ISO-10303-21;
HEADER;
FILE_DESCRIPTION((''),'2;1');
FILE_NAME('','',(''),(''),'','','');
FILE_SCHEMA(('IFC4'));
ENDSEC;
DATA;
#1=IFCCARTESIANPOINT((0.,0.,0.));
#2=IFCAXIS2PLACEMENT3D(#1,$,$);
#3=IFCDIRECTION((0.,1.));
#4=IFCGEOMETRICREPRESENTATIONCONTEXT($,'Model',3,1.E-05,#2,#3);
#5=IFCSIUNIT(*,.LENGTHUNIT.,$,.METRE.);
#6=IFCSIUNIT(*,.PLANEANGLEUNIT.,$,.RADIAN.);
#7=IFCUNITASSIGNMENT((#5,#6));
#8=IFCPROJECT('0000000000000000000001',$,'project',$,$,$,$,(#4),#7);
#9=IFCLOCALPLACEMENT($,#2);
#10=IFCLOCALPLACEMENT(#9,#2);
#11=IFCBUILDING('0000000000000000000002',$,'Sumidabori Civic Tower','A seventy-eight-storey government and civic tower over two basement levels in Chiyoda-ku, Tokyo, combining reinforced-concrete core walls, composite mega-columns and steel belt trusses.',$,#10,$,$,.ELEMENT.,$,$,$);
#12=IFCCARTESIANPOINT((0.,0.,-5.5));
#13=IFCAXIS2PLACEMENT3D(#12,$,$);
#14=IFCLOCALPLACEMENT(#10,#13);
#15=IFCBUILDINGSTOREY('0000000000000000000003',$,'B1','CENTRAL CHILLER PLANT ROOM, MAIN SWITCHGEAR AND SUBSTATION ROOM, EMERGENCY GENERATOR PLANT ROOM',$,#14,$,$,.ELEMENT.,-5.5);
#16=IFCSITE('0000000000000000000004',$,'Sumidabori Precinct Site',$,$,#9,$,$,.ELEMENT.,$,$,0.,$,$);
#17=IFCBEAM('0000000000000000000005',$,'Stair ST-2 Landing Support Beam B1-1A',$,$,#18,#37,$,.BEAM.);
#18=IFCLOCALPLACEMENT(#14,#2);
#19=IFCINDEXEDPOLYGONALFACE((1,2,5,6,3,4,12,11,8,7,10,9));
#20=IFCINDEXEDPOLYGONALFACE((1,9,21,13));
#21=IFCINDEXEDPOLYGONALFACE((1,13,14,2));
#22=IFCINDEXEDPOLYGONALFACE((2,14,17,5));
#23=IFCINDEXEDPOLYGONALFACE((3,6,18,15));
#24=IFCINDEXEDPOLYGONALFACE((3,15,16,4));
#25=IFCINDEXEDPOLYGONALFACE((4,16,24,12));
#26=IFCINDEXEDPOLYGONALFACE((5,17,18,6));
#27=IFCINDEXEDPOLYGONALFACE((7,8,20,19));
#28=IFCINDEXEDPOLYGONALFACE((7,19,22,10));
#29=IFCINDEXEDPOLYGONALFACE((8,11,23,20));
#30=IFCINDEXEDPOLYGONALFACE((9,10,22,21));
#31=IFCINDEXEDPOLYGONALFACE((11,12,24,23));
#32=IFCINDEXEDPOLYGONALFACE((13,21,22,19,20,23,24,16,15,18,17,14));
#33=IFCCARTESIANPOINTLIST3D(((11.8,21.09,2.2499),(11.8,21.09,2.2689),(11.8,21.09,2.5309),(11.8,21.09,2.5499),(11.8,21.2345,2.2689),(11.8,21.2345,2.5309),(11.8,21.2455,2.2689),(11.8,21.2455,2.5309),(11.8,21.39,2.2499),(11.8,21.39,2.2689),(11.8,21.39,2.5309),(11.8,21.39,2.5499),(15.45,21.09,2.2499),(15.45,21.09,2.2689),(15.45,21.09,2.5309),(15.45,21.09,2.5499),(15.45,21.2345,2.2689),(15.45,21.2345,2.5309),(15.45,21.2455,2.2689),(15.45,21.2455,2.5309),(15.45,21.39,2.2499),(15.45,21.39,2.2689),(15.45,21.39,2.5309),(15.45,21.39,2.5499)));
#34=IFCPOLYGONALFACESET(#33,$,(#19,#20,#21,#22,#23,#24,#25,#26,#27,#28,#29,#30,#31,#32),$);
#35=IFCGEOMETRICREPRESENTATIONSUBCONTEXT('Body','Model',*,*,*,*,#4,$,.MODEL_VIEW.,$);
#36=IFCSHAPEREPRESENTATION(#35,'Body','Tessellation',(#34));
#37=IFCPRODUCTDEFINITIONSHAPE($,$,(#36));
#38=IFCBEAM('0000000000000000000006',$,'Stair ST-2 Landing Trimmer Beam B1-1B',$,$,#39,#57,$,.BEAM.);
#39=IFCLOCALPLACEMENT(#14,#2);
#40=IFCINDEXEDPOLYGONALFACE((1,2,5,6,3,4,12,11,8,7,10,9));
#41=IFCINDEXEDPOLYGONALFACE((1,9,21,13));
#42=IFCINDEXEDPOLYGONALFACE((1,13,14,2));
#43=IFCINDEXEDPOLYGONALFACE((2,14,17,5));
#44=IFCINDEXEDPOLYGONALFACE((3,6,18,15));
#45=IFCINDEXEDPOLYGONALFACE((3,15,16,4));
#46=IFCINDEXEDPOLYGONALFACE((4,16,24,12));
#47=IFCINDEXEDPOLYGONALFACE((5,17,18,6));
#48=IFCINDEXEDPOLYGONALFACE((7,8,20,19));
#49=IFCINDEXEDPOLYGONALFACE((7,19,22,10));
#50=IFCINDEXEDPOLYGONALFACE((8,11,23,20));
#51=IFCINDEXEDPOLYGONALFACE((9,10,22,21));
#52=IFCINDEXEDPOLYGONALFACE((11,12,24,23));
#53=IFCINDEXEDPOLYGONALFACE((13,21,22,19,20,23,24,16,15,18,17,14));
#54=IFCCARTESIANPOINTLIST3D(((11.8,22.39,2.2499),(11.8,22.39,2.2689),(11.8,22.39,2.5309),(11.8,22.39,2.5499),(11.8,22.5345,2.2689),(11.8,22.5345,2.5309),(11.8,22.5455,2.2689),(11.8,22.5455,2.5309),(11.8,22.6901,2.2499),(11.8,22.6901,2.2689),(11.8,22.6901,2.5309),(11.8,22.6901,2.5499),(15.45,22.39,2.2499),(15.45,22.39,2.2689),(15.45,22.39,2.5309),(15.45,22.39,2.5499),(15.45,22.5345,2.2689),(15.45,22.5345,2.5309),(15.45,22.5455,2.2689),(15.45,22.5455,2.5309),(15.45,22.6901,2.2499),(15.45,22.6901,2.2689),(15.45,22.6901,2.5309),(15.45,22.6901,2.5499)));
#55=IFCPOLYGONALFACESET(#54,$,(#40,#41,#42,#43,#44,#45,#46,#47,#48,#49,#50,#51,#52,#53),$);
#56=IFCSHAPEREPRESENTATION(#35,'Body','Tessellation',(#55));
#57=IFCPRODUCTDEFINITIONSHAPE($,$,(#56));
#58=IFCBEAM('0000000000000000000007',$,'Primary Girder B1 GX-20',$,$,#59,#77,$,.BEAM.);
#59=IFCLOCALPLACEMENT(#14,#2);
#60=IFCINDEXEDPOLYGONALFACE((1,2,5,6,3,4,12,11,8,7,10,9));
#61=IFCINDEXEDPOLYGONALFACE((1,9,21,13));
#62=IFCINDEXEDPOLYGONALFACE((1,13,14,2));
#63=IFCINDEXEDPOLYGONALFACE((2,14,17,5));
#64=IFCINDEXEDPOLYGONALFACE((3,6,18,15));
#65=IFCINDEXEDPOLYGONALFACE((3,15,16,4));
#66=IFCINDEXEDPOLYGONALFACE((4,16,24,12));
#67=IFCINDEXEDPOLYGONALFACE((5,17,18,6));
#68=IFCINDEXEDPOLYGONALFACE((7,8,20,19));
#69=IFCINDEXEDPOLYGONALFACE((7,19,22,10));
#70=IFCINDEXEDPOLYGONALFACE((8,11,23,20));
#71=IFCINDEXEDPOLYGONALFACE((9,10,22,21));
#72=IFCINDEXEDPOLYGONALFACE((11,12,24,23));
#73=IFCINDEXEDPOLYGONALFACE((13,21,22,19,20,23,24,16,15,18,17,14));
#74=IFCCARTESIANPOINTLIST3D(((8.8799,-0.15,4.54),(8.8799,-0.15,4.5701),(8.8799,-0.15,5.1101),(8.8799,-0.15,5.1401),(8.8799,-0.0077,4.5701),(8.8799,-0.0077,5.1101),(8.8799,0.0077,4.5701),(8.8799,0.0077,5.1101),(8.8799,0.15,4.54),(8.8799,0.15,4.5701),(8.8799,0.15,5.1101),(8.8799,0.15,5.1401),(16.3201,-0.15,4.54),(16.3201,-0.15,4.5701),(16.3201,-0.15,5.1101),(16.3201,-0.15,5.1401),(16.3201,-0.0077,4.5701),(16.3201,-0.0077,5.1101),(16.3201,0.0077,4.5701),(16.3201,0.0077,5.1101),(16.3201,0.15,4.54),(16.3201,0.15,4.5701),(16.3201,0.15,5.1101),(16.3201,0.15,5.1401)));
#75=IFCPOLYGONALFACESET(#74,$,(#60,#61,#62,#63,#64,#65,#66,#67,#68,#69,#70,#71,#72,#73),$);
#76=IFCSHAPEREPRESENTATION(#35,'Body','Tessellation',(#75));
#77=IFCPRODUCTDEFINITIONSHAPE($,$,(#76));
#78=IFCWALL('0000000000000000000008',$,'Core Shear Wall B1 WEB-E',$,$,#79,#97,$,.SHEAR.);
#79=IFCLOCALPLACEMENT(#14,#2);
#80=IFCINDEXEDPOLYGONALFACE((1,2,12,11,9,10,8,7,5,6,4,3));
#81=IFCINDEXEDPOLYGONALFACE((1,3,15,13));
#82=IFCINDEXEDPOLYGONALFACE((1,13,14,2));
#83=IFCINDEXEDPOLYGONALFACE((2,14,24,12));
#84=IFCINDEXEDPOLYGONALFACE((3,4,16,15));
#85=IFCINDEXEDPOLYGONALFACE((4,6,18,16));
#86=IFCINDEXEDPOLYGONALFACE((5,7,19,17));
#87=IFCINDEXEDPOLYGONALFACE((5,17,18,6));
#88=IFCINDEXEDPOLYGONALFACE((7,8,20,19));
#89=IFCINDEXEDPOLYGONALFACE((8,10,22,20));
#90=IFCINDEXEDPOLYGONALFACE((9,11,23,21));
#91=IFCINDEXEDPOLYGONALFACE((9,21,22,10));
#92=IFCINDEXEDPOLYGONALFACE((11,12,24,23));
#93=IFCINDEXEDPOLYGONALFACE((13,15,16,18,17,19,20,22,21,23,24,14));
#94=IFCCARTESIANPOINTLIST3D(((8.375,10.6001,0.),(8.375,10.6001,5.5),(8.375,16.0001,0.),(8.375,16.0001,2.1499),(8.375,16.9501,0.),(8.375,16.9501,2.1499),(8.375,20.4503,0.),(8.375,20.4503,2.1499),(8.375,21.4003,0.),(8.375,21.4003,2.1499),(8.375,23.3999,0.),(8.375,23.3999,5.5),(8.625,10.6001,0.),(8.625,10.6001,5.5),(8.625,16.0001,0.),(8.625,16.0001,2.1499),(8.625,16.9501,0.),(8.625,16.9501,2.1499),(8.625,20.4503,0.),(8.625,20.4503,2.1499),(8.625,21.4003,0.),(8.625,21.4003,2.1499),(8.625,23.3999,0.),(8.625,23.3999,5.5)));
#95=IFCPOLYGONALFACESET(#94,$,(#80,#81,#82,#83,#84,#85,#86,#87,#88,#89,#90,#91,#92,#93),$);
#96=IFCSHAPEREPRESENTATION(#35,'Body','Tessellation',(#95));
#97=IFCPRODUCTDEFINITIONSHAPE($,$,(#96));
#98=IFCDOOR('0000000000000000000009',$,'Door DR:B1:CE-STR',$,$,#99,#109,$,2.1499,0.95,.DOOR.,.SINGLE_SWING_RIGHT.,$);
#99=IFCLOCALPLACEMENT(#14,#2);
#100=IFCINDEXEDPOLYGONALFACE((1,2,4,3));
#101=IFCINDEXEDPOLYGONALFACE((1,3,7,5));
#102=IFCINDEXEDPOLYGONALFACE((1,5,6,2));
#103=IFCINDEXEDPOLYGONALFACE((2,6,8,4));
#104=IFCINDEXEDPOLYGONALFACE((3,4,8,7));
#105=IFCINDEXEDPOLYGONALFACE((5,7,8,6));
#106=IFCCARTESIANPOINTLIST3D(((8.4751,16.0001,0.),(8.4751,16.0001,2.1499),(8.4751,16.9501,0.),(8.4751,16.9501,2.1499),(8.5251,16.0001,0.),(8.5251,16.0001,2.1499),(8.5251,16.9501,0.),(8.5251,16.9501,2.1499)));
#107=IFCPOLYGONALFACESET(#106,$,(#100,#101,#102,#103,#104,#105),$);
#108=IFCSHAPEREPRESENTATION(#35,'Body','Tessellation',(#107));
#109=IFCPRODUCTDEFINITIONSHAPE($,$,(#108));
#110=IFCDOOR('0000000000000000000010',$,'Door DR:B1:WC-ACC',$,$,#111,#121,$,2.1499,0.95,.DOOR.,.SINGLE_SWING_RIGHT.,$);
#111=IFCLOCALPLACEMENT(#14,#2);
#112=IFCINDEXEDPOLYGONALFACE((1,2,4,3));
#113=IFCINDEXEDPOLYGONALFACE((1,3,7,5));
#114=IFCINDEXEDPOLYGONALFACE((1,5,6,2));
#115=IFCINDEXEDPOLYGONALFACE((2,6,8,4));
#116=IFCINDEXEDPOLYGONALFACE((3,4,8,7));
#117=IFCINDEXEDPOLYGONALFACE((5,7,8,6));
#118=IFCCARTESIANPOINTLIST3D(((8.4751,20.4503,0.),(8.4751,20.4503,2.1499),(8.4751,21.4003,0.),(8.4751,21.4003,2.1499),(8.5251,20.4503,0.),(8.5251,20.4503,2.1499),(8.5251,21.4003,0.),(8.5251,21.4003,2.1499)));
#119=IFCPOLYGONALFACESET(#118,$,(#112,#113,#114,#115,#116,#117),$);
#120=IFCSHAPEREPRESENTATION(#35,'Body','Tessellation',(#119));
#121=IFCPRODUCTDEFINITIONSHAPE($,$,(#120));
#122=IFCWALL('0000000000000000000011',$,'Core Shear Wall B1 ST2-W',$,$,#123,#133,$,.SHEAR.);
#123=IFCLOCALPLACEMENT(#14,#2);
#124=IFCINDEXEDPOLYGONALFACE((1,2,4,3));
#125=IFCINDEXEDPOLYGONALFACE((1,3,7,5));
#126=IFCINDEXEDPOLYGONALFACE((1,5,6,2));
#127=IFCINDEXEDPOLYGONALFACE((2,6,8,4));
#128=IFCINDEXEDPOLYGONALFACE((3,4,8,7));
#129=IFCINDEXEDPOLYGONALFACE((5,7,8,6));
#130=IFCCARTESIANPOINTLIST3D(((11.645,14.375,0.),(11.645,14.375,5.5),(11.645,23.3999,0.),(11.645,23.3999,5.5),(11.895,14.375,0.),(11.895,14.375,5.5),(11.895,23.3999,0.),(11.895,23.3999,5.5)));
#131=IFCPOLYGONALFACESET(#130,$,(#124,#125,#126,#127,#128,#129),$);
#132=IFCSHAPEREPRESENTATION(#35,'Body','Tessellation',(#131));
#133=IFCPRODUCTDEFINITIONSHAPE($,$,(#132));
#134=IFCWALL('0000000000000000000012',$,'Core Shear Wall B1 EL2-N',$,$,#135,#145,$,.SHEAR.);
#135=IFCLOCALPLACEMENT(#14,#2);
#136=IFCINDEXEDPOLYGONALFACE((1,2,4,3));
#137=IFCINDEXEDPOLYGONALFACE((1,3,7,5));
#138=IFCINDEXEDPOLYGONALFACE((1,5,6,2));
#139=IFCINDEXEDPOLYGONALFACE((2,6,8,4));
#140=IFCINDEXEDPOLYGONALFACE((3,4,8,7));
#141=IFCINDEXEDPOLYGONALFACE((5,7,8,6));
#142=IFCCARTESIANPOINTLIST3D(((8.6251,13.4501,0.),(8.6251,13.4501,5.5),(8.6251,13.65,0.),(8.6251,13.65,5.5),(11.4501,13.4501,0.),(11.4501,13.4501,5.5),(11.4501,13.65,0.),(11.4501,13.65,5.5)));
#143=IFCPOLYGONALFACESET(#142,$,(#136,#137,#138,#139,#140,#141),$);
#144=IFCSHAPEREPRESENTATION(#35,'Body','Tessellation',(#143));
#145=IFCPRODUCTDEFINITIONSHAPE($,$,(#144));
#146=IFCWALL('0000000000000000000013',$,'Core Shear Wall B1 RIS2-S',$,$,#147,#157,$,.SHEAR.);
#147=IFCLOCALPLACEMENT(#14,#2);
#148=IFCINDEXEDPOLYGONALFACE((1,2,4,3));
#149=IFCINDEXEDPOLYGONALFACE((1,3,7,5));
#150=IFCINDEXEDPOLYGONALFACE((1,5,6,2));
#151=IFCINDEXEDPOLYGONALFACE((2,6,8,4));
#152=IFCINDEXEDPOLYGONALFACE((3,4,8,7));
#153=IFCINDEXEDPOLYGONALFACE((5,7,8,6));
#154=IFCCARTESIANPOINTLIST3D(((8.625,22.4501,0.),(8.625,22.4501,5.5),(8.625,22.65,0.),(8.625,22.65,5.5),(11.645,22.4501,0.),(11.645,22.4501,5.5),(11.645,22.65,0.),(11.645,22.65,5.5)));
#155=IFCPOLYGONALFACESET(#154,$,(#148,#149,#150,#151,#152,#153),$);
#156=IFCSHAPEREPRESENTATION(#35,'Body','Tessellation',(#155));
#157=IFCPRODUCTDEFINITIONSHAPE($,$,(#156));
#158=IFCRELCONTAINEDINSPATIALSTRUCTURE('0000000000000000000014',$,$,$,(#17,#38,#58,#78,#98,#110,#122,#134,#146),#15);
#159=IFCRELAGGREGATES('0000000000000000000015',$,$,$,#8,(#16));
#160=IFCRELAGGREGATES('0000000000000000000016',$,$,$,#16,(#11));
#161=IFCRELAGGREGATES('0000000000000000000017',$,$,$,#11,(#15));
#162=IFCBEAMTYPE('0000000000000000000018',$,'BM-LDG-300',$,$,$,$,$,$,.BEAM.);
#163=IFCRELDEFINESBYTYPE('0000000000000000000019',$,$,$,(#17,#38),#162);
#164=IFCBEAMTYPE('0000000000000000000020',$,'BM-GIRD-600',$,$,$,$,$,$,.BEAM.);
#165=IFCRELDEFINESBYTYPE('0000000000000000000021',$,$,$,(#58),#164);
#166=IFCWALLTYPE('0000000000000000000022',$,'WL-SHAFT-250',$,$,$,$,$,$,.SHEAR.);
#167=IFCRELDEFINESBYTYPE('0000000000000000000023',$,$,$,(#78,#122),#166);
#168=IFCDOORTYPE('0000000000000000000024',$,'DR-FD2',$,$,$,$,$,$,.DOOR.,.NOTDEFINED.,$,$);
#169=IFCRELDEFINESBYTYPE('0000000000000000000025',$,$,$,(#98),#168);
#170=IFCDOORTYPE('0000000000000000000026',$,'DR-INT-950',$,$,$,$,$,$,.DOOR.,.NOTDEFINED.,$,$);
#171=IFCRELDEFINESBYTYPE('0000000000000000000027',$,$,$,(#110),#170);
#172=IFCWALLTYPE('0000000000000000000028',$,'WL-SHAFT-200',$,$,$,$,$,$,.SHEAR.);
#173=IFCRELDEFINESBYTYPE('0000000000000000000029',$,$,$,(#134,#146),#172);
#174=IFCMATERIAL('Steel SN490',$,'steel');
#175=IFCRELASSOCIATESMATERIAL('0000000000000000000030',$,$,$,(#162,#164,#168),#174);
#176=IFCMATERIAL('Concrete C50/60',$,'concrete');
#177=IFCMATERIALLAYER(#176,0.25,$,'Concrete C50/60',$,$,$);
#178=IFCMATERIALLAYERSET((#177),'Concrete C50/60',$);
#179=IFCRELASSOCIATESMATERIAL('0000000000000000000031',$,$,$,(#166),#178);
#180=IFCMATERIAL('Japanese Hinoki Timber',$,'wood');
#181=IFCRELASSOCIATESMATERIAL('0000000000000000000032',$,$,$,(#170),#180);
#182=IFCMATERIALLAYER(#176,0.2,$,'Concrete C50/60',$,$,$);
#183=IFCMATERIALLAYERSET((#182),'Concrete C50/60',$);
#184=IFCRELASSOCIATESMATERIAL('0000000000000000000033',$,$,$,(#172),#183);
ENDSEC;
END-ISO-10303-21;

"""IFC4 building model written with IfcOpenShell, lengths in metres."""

from ifc_helpers import new_model, si_unit, direction, frame, frame_2d, origin, origin_2d, place, context, subcontext, project, spatial, rectangle, i_section, extrude, source, transform, mapped, material, layer, layer_set, material_profile, profile_set, type_object, element, fill, save


model = new_model("IFC4")

# Units and contexts
model_context = context("Model", 3, precision=1e-05, world=origin(), true_north=direction((0.0, 1.0)))
body_context = subcontext(model_context, "Body", "Model", "MODEL_VIEW")
ifc_project = project(units=[si_unit("LENGTHUNIT", "METRE"), si_unit("PLANEANGLEUNIT", "RADIAN")], contexts=[model_context])

# Site, building, storey
site_placement = place(None, origin())
site = spatial("IfcSite", under=ifc_project, at=site_placement, Name="Sumidabori Precinct Site", CompositionType="ELEMENT", RefElevation=0.0)
building_placement = place(site_placement, origin())
building = spatial("IfcBuilding", under=site, at=building_placement, Name="Sumidabori Civic Tower", Description="A seventy-eight-storey government and civic tower over two basement levels in Chiyoda-ku, Tokyo, combining reinforced-concrete core walls, composite mega-columns and steel belt trusses.", CompositionType="ELEMENT")
storey_placement = place(building_placement, frame((0.0, 0.0, -5.5)))
storey = spatial("IfcBuildingStorey", under=building, at=storey_placement, Name="B1", Description="CENTRAL CHILLER PLANT ROOM, MAIN SWITCHGEAR AND SUBSTATION ROOM, EMERGENCY GENERATOR PLANT ROOM", CompositionType="ELEMENT", Elevation=-5.5)

# Beams
ifc_material_1 = material(Name="Steel SN490", Category="steel")
ifc_material_profile_1 = material_profile(ifc_material_1, i_section(OverallWidth=0.3, OverallDepth=0.3, WebThickness=0.011, FlangeThickness=0.019, at=origin_2d()), Name="HE 300 B")
ifc_profile_set_1 = profile_set([ifc_material_profile_1], Name="Steel SN490")
beam_type_1 = type_object("IfcBeamType", Name="BM-LDG-300", PredefinedType="BEAM", material=ifc_profile_set_1)
shared_shape_1 = source(origin(), body_context, "Body", "SweptSolid", [
    extrude(i_section(OverallWidth=0.3, OverallDepth=0.3, WebThickness=0.011, FlangeThickness=0.019, at=origin_2d()), origin(), (0.0, 0.0, 1.0), 3.6499),
])
for number, where, z_axis, x_axis, name in (
    (1, (11.8, 21.24, 2.3999), (1.0, 0.0, 0.0), (0.0, 1.0, 0.0), "Stair ST-2 Landing Support Beam B1-1A"),
    (2, (11.8, 22.54, 2.3999), (1.0, 0.0, 0.0), (0.0, 1.0, 0.0), "Stair ST-2 Landing Trimmer Beam B1-1B"),
):
    element("IfcBeam", number, at=place(storey_placement, frame(where, z_axis=z_axis, x_axis=x_axis)), inside=storey, type_object=beam_type_1, Name=name, PredefinedType="BEAM", context=body_context, shape_type="MappedRepresentation", body=[
        mapped(shared_shape_1, transform((0.0, 0.0, 0.0), x_axis=(1.0, 0.0, 0.0), y_axis=(0.0, 1.0, 0.0), z_axis=(0.0, 0.0, 1.0), scale=1.0)),
    ])
ifc_material_profile_2 = material_profile(ifc_material_1, i_section(OverallWidth=0.3, OverallDepth=0.6001, WebThickness=0.0154, FlangeThickness=0.03, at=origin_2d()), Name="HE 600 B")
ifc_profile_set_2 = profile_set([ifc_material_profile_2], Name="Steel SN490")
beam_type_2 = type_object("IfcBeamType", Name="BM-GIRD-600", PredefinedType="BEAM", material=ifc_profile_set_2)
shared_shape_2 = source(origin(), body_context, "Body", "SweptSolid", [
    extrude(i_section(OverallWidth=0.3, OverallDepth=0.6001, WebThickness=0.0154, FlangeThickness=0.03, at=origin_2d()), origin(), (0.0, 0.0, 1.0), 7.4402),
])
beam_placement = place(storey_placement, frame((8.8799, 0.0, 4.8401), z_axis=(1.0, 0.0, 0.0), x_axis=(0.0, 1.0, 0.0)))
element("IfcBeam", 3, at=beam_placement, inside=storey, type_object=beam_type_2, Name="Primary Girder B1 GX-20", PredefinedType="BEAM", context=body_context, shape_type="MappedRepresentation", body=[
    mapped(shared_shape_2, transform((0.0, 0.0, 0.0), x_axis=(1.0, 0.0, 0.0), y_axis=(0.0, 1.0, 0.0), z_axis=(0.0, 0.0, 1.0), scale=1.0)),
])

# Wall, openings, doors
ifc_material_2 = material(Name="Concrete C50/60", Category="concrete")
ifc_layer_1 = layer(ifc_material_2, 0.25, Name="Concrete C50/60")
ifc_layer_set_1 = layer_set([ifc_layer_1], Name="Concrete C50/60")
wall_type_1 = type_object("IfcWallType", Name="WL-SHAFT-250", PredefinedType="SHEAR", material=ifc_layer_set_1)
shared_shape_3 = source(origin(), body_context, "Body", "SweptSolid", [
    extrude(rectangle(XDim=12.7998, YDim=0.25, at=frame_2d((6.3999, 0.0))), origin(), (0.0, 0.0, 1.0), 5.5),
])
wall_1_placement = place(storey_placement, frame((8.5, 10.6001, 0.0), z_axis=(0.0, 0.0, 1.0), x_axis=(0.0, 1.0, 0.0)))
wall_1 = element("IfcWall", 4, at=wall_1_placement, inside=storey, type_object=wall_type_1, Name="Core Shear Wall B1 WEB-E", PredefinedType="SHEAR", context=body_context, shape_type="MappedRepresentation", body=[
    mapped(shared_shape_3, transform((0.0, 0.0, 0.0), x_axis=(1.0, 0.0, 0.0), y_axis=(0.0, 1.0, 0.0), z_axis=(0.0, 0.0, 1.0), scale=1.0)),
])
opening_1_placement = place(wall_1_placement, frame((5.3999, 0.0, 0.0)))
opening_1 = element("IfcOpeningElement", 5, at=opening_1_placement, cuts=wall_1, PredefinedType="OPENING", context=body_context, shape_type="SweptSolid", body=[
    extrude(rectangle(XDim=0.95, YDim=2.1499, at=frame_2d((0.4751, 1.075))), frame((0.0, 0.137, 0.0), z_axis=(0.0, -1.0, 0.0), x_axis=(1.0, 0.0, 0.0)), (0.0, 0.0, 1.0), 0.2739),
])
opening_2_placement = place(wall_1_placement, frame((9.8501, 0.0, 0.0)))
opening_2 = element("IfcOpeningElement", 6, at=opening_2_placement, cuts=wall_1, PredefinedType="OPENING", context=body_context, shape_type="SweptSolid", body=[
    extrude(rectangle(XDim=0.95, YDim=2.1499, at=frame_2d((0.4751, 1.075))), frame((0.0, 0.137, 0.0), z_axis=(0.0, -1.0, 0.0), x_axis=(1.0, 0.0, 0.0)), (0.0, 0.0, 1.0), 0.2739),
])
door_type_1 = type_object("IfcDoorType", Name="DR-FD2", OperationType="NOTDEFINED", PredefinedType="DOOR", material=ifc_material_1)
shared_shape_4 = source(origin(), body_context, "Body", "SweptSolid", [
    extrude(rectangle(XDim=0.95, YDim=2.1499, at=frame_2d((0.4751, 1.075))), frame((0.0, 0.0249, 0.0), z_axis=(0.0, -1.0, 0.0), x_axis=(1.0, 0.0, 0.0)), (0.0, 0.0, 1.0), 0.05),
])
door_1_placement = place(opening_1_placement, origin())
door_1 = element("IfcDoor", 7, at=door_1_placement, inside=storey, type_object=door_type_1, Name="Door DR:B1:CE-STR", OperationType="SINGLE_SWING_RIGHT", OverallHeight=2.1499, OverallWidth=0.95, PredefinedType="DOOR", context=body_context, shape_type="MappedRepresentation", body=[
    mapped(shared_shape_4, transform((0.0, 0.0, 0.0), x_axis=(1.0, 0.0, 0.0), y_axis=(0.0, 1.0, 0.0), z_axis=(0.0, 0.0, 1.0), scale=1.0)),
])
fill(opening_1, door_1)
ifc_material_3 = material(Name="Japanese Hinoki Timber", Category="wood")
door_type_2 = type_object("IfcDoorType", Name="DR-INT-950", OperationType="NOTDEFINED", PredefinedType="DOOR", material=ifc_material_3)
shared_shape_5 = source(origin(), body_context, "Body", "SweptSolid", [
    extrude(rectangle(XDim=0.95, YDim=2.1499, at=frame_2d((0.4751, 1.075))), frame((0.0, 0.0249, 0.0), z_axis=(0.0, -1.0, 0.0), x_axis=(1.0, 0.0, 0.0)), (0.0, 0.0, 1.0), 0.05),
])
door_2_placement = place(opening_2_placement, origin())
door_2 = element("IfcDoor", 8, at=door_2_placement, inside=storey, type_object=door_type_2, Name="Door DR:B1:WC-ACC", OperationType="SINGLE_SWING_RIGHT", OverallHeight=2.1499, OverallWidth=0.95, PredefinedType="DOOR", context=body_context, shape_type="MappedRepresentation", body=[
    mapped(shared_shape_5, transform((0.0, 0.0, 0.0), x_axis=(1.0, 0.0, 0.0), y_axis=(0.0, 1.0, 0.0), z_axis=(0.0, 0.0, 1.0), scale=1.0)),
])
fill(opening_2, door_2)

# Wall
shared_shape_6 = source(origin(), body_context, "Body", "SweptSolid", [
    extrude(rectangle(XDim=9.0249, YDim=0.25, at=frame_2d((4.5125, 0.0))), origin(), (0.0, 0.0, 1.0), 5.5),
])
wall_2_placement = place(storey_placement, frame((11.77, 14.375, 0.0), z_axis=(0.0, 0.0, 1.0), x_axis=(0.0, 1.0, 0.0)))
element("IfcWall", 9, at=wall_2_placement, inside=storey, type_object=wall_type_1, Name="Core Shear Wall B1 ST2-W", PredefinedType="SHEAR", context=body_context, shape_type="MappedRepresentation", body=[
    mapped(shared_shape_6, transform((0.0, 0.0, 0.0), x_axis=(1.0, 0.0, 0.0), y_axis=(0.0, 1.0, 0.0), z_axis=(0.0, 0.0, 1.0), scale=1.0)),
])

# Shared definitions
ifc_layer_2 = layer(ifc_material_2, 0.2, Name="Concrete C50/60")
ifc_layer_set_2 = layer_set([ifc_layer_2], Name="Concrete C50/60")
wall_type_2 = type_object("IfcWallType", Name="WL-SHAFT-200", PredefinedType="SHEAR", material=ifc_layer_set_2)

# Walls
shared_shape_7 = source(origin(), body_context, "Body", "SweptSolid", [
    extrude(rectangle(XDim=2.825, YDim=0.2, at=frame_2d((1.4126, 0.0))), origin(), (0.0, 0.0, 1.0), 5.5),
])
wall_3_placement = place(storey_placement, frame((8.625, 13.55, 0.0), z_axis=(0.0, 0.0, 1.0), x_axis=(1.0, 0.0, 0.0)))
element("IfcWall", 10, at=wall_3_placement, inside=storey, type_object=wall_type_2, Name="Core Shear Wall B1 EL2-N", PredefinedType="SHEAR", context=body_context, shape_type="MappedRepresentation", body=[
    mapped(shared_shape_7, transform((0.0, 0.0, 0.0), x_axis=(1.0, 0.0, 0.0), y_axis=(0.0, 1.0, 0.0), z_axis=(0.0, 0.0, 1.0), scale=1.0)),
])
shared_shape_8 = source(origin(), body_context, "Body", "SweptSolid", [
    extrude(rectangle(XDim=3.02, YDim=0.2, at=frame_2d((1.51, 0.0))), origin(), (0.0, 0.0, 1.0), 5.5),
])
wall_4_placement = place(storey_placement, frame((8.625, 22.55, 0.0), z_axis=(0.0, 0.0, 1.0), x_axis=(1.0, 0.0, 0.0)))
element("IfcWall", 11, at=wall_4_placement, inside=storey, type_object=wall_type_2, Name="Core Shear Wall B1 RIS2-S", PredefinedType="SHEAR", context=body_context, shape_type="MappedRepresentation", body=[
    mapped(shared_shape_8, transform((0.0, 0.0, 0.0), x_axis=(1.0, 0.0, 0.0), y_axis=(0.0, 1.0, 0.0), z_axis=(0.0, 0.0, 1.0), scale=1.0)),
])

save(model, "model.ifc")
